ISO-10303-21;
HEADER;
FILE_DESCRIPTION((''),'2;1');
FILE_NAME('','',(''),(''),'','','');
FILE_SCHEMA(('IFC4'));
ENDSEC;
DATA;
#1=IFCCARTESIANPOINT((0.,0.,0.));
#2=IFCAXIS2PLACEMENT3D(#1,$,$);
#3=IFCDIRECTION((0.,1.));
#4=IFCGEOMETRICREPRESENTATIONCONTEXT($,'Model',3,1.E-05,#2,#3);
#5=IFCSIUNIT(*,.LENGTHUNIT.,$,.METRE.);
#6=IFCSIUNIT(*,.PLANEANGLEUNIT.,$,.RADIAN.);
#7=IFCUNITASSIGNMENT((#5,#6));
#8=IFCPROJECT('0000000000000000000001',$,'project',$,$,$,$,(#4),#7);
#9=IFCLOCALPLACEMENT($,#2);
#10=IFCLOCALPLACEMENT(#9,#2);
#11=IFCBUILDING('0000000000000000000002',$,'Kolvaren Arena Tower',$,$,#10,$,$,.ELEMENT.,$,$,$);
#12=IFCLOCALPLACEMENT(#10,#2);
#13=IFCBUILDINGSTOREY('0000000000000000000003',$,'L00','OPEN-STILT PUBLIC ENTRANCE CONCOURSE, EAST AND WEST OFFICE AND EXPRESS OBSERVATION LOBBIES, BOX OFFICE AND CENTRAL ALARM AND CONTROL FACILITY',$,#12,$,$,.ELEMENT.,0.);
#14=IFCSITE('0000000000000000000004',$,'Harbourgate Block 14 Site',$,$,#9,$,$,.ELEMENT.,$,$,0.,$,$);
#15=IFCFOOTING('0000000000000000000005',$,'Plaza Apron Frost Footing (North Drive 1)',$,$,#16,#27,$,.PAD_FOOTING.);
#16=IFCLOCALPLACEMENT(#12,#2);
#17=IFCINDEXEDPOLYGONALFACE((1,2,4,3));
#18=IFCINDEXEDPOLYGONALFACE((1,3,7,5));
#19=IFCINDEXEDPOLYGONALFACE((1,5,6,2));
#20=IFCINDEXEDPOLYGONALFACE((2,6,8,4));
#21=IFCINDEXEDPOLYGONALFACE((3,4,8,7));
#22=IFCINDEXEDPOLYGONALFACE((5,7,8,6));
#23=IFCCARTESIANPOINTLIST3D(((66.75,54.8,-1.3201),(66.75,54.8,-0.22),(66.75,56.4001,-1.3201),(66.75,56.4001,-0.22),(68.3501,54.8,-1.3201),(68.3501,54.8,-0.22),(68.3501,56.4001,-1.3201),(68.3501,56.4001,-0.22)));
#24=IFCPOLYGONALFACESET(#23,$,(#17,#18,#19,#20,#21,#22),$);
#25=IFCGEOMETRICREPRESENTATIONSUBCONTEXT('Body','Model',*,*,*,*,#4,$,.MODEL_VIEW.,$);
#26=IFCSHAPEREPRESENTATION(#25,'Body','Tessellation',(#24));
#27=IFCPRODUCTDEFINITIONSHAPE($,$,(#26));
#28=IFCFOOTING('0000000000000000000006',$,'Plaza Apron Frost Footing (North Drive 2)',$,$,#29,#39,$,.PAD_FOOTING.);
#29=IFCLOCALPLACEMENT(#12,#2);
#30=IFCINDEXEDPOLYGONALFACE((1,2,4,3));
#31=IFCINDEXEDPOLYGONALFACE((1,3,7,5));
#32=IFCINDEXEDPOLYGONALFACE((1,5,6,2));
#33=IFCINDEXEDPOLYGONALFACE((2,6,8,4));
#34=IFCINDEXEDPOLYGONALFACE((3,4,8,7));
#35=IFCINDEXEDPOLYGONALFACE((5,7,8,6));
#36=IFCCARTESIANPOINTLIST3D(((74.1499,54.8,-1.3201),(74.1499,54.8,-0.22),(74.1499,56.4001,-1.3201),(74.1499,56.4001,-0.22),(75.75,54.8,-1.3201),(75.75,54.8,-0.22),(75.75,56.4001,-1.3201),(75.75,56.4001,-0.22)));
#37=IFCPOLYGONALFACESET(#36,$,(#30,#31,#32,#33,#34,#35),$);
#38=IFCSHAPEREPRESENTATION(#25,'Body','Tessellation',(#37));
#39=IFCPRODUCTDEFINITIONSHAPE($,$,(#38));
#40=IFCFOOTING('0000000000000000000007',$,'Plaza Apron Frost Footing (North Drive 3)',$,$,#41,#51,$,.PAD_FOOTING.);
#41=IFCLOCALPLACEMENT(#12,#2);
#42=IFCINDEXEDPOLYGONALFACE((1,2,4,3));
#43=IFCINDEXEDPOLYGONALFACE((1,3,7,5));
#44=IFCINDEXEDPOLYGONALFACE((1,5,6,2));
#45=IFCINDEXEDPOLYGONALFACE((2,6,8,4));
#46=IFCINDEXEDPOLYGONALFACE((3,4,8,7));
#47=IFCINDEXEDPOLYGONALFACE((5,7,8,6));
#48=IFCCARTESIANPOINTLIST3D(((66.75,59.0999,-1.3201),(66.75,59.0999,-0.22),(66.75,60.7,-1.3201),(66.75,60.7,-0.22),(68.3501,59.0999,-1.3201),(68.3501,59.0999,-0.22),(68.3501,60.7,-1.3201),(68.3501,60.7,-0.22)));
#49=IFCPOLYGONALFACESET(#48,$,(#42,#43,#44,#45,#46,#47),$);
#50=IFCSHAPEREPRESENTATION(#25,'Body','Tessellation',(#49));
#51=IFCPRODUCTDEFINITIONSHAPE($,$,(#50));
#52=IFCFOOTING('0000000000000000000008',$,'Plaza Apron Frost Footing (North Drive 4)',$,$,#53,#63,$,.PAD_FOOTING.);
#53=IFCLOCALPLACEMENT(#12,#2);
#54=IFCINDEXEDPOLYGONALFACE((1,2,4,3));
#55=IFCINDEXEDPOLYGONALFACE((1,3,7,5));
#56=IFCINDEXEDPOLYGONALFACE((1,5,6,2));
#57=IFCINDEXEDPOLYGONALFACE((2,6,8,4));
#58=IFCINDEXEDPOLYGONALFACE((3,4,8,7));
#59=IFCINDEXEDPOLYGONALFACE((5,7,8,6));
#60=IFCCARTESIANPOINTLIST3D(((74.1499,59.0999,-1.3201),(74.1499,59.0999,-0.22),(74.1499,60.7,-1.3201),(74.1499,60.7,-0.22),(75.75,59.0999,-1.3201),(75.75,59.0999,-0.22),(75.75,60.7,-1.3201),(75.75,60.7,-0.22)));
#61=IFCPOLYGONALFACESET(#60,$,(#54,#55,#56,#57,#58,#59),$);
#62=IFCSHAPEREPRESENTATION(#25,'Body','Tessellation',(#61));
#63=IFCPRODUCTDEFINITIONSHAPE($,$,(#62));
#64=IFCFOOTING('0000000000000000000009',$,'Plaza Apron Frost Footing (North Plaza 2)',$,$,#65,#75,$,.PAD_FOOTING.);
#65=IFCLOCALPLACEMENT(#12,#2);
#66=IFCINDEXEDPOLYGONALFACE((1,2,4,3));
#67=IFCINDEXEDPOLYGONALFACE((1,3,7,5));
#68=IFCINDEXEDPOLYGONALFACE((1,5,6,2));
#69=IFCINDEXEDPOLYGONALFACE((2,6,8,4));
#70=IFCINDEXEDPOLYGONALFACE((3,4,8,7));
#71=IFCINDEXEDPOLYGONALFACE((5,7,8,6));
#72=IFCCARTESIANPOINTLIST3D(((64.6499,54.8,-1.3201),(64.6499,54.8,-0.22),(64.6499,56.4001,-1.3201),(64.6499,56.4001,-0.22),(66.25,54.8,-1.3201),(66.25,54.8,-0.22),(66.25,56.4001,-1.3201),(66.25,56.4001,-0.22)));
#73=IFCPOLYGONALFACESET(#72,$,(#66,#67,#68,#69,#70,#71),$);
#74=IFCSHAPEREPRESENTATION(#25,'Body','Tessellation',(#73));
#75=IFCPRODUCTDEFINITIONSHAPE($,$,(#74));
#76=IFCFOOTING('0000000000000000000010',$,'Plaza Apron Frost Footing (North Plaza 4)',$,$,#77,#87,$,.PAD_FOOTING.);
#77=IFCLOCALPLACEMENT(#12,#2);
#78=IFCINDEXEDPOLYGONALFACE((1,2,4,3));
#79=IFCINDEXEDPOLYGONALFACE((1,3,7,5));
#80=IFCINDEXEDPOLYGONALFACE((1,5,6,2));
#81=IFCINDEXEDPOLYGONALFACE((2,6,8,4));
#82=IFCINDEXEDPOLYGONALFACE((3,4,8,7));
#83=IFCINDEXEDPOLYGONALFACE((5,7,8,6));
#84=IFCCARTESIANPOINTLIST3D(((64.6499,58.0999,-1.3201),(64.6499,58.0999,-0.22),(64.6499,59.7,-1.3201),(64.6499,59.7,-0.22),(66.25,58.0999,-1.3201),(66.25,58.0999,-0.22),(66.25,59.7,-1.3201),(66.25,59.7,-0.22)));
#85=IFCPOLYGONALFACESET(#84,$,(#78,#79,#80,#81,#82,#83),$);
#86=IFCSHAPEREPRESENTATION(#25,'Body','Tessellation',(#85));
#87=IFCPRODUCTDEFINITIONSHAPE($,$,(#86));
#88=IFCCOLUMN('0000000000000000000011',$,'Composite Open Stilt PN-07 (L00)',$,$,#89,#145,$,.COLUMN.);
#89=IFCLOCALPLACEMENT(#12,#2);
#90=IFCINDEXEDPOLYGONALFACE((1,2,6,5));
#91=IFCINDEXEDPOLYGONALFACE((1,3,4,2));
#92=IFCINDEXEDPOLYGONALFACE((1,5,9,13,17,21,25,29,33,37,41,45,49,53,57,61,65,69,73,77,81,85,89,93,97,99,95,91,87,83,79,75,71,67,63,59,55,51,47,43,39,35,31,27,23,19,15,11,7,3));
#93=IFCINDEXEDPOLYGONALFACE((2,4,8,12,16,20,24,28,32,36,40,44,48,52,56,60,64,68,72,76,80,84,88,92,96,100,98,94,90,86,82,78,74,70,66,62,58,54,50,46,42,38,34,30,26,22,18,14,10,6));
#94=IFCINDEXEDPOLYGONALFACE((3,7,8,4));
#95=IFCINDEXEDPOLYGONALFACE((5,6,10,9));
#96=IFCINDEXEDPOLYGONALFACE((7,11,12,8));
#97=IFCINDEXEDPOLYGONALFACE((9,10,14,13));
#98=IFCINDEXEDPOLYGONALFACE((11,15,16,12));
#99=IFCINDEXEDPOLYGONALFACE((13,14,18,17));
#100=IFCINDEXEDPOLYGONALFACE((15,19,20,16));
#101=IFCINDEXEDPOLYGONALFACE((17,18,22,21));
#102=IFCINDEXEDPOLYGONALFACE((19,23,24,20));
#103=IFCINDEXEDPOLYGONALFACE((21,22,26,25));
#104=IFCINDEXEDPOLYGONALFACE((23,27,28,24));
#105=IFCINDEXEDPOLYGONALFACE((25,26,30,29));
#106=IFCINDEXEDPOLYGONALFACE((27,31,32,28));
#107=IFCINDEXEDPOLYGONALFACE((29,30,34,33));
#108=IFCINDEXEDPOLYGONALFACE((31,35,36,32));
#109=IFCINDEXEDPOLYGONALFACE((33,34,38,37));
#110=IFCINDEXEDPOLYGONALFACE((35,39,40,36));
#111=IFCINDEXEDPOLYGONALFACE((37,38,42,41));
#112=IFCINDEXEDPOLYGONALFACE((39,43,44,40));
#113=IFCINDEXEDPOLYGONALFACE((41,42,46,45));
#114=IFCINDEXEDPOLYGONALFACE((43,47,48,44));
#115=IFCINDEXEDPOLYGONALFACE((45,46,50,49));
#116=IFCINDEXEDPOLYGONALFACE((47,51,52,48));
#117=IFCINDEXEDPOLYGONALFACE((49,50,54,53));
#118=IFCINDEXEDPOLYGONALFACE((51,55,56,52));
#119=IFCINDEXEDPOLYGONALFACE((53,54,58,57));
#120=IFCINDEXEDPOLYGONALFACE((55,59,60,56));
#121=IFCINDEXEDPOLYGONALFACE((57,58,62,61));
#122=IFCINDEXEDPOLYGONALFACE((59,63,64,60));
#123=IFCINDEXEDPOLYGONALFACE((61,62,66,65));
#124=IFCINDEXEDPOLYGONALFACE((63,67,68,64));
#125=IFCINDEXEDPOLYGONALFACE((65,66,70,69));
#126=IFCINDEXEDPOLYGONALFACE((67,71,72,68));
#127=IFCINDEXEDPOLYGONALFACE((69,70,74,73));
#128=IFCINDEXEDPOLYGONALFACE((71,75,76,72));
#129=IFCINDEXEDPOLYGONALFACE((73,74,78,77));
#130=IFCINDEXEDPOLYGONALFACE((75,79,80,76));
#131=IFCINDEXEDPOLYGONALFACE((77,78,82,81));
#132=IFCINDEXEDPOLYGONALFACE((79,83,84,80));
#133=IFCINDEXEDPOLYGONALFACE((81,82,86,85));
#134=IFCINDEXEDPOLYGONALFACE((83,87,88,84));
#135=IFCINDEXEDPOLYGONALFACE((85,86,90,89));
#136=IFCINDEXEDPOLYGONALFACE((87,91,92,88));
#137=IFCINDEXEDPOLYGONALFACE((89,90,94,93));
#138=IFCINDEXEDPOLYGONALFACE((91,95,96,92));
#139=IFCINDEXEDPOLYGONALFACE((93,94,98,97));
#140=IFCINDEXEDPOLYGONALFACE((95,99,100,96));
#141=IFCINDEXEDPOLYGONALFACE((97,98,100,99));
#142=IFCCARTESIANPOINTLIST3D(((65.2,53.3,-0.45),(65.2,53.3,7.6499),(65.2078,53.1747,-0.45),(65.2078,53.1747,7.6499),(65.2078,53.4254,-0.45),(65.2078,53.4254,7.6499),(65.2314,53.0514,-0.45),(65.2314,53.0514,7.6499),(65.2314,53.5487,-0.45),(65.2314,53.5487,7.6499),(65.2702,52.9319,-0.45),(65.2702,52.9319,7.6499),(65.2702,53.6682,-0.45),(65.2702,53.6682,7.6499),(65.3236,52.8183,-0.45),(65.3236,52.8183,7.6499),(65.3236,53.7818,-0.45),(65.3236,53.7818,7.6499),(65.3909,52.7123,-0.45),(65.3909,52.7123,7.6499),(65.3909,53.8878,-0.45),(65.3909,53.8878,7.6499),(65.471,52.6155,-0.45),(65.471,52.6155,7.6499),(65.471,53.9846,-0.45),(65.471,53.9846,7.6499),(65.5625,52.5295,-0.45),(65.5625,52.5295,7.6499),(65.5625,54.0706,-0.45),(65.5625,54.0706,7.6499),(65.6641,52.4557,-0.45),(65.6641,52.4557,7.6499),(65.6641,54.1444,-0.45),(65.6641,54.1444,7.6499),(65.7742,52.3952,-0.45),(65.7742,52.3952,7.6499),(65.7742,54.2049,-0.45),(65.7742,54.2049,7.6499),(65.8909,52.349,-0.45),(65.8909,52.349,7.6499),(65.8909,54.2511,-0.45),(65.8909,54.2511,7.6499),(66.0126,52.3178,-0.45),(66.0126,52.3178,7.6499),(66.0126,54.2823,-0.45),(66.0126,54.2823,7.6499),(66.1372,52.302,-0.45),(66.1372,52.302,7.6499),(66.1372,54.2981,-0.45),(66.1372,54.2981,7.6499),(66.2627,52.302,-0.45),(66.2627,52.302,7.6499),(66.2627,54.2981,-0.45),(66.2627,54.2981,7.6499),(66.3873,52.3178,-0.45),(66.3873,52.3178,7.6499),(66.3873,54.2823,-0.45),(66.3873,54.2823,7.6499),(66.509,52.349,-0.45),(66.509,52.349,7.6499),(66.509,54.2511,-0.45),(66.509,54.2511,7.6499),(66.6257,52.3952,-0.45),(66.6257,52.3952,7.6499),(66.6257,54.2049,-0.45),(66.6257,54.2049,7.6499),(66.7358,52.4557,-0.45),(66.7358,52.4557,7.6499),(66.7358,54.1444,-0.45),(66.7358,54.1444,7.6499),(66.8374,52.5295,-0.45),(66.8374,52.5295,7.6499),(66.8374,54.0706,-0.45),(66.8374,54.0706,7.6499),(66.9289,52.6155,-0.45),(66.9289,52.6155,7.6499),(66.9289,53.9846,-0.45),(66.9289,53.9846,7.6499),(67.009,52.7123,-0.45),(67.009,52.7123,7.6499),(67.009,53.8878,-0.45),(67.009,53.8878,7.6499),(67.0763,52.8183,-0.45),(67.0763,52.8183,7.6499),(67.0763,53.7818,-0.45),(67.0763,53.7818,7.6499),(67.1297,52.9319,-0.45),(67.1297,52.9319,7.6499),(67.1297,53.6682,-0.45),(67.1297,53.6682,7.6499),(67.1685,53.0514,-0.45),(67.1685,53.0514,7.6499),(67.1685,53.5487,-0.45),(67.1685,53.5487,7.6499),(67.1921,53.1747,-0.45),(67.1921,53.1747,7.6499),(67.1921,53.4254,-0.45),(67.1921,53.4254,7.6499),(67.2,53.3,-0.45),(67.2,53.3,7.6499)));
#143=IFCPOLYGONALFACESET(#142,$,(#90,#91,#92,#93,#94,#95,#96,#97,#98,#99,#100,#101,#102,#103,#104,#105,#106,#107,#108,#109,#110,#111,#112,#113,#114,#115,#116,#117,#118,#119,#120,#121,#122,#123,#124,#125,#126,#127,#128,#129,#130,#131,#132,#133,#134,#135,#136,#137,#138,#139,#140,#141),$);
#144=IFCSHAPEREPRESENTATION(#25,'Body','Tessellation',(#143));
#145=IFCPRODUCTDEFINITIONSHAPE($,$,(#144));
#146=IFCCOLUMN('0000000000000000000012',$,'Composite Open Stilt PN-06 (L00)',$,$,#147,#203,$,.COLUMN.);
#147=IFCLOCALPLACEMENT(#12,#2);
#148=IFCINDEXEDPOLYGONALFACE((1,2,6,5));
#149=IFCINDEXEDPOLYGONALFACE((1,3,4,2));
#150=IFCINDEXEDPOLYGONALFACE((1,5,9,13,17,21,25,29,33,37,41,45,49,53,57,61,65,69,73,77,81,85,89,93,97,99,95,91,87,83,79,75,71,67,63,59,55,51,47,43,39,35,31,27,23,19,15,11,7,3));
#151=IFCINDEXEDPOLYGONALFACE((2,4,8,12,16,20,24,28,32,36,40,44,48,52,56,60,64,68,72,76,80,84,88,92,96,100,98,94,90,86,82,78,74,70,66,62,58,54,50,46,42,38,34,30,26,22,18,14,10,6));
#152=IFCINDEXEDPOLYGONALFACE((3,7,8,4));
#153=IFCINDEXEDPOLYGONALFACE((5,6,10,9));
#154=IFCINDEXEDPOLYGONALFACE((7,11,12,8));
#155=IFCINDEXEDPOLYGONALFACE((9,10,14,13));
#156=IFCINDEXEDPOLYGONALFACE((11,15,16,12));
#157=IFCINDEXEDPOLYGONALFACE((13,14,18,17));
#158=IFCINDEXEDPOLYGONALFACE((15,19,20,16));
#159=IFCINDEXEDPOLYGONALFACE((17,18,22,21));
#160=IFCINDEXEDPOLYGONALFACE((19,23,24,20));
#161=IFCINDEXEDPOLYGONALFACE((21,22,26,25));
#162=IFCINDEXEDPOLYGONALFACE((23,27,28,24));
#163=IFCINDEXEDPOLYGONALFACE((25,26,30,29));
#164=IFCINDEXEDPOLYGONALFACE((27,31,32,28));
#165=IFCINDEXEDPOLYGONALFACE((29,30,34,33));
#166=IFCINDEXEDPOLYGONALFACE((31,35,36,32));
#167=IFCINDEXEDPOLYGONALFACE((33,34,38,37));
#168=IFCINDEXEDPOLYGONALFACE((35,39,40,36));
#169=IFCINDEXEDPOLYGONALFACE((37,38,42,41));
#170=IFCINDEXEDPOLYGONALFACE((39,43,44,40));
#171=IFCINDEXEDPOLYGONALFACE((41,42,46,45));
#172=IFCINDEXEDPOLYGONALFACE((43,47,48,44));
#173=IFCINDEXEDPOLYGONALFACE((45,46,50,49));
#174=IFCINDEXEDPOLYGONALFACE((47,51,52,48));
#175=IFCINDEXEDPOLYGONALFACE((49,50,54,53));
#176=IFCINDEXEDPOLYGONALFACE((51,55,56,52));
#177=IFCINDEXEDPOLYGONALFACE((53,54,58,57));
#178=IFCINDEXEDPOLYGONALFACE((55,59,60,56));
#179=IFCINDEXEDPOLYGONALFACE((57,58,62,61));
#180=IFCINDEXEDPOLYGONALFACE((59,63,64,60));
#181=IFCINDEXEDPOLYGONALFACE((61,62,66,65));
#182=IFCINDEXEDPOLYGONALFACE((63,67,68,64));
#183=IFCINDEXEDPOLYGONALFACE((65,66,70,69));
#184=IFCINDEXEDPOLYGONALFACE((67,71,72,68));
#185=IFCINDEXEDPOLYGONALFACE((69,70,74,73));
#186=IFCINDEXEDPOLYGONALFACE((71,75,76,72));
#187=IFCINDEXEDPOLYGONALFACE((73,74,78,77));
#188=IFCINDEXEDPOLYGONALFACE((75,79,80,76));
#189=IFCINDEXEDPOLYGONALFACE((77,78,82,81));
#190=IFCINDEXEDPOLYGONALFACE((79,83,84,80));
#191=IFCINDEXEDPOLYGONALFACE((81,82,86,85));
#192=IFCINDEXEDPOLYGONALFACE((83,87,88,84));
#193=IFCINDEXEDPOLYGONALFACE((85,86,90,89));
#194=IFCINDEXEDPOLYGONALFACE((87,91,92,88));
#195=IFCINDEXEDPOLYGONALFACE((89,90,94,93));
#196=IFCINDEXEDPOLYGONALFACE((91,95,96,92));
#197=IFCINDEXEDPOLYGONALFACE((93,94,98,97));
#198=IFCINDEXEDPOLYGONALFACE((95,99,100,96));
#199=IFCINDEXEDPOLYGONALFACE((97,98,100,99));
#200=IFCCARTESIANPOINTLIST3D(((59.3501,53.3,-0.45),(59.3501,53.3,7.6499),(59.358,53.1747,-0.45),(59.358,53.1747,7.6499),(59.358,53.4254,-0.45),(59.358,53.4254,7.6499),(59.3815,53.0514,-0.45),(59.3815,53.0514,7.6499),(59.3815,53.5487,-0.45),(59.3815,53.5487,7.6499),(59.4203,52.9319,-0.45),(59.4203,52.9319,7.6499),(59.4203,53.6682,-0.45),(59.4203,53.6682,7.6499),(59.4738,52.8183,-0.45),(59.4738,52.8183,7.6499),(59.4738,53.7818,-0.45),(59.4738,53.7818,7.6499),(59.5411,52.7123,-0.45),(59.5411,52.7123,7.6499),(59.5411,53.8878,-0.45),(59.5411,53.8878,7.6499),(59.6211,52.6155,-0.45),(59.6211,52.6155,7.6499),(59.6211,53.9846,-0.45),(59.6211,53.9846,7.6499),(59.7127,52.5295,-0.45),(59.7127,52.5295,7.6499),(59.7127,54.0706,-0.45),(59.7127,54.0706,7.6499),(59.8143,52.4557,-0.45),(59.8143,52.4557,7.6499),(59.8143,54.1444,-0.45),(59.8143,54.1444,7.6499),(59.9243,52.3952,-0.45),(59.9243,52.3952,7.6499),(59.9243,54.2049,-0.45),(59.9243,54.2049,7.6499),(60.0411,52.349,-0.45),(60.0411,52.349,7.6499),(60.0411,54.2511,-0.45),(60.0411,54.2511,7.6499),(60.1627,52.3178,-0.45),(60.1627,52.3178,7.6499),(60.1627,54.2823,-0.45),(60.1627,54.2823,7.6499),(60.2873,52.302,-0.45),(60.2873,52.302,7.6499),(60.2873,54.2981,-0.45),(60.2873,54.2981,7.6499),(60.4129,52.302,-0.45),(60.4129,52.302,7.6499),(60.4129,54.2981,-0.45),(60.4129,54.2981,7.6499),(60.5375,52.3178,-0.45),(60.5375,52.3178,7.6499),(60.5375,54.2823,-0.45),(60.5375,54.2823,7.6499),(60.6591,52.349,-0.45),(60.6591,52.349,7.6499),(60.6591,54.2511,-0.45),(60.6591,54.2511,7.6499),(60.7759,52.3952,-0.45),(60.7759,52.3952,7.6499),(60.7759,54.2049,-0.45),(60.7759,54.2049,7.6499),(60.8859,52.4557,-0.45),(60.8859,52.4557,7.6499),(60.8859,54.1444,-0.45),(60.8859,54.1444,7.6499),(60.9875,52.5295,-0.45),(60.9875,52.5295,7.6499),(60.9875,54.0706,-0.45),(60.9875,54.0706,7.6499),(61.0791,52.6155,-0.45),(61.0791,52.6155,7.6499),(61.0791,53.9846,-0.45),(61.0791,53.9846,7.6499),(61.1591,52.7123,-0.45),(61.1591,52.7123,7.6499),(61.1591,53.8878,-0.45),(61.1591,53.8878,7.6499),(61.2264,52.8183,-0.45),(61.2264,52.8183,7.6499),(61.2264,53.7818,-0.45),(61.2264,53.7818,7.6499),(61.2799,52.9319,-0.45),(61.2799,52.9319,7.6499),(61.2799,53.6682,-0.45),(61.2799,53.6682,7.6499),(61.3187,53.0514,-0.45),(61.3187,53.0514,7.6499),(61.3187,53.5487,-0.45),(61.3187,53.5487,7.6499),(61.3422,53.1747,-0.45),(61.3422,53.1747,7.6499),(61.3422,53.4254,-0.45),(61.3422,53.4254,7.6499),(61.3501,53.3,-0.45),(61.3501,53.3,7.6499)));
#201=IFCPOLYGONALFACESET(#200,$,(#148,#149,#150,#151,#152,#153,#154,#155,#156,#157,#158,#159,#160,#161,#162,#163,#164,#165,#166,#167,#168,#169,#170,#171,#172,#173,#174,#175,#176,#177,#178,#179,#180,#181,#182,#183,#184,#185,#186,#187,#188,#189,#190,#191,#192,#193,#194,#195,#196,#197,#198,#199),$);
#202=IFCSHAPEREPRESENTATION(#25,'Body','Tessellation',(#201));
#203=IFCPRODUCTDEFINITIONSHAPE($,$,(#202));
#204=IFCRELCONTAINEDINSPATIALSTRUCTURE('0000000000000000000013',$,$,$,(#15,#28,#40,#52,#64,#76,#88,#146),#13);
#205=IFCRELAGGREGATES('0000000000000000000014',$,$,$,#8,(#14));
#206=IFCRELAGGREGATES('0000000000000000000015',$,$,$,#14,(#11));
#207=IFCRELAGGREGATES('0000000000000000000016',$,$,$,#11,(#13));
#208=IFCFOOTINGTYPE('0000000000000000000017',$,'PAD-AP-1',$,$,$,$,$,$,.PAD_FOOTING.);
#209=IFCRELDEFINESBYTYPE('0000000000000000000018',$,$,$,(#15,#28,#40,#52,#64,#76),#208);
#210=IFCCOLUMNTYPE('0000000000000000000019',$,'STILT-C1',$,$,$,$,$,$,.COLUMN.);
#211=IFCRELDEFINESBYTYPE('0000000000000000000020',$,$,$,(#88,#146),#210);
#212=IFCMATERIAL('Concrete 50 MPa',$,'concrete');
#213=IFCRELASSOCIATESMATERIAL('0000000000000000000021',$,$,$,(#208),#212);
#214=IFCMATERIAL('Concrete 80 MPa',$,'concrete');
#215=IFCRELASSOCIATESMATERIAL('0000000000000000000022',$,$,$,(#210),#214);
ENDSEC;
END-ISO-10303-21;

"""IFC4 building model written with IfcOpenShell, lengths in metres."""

from ifc_helpers import new_model, si_unit, direction, frame, origin, origin_2d, place, context, subcontext, project, spatial, rectangle, circle, extrude, material, material_profile, profile_set, type_object, element, save


model = new_model("IFC4")

# Units and contexts
model_context = context("Model", 3, precision=1e-05, world=origin(), true_north=direction((0.0, 1.0)))
body_context = subcontext(model_context, "Body", "Model", "MODEL_VIEW")
ifc_project = project(units=[si_unit("LENGTHUNIT", "METRE"), si_unit("PLANEANGLEUNIT", "RADIAN")], contexts=[model_context])

# Site, building, storey
site_placement = place(None, origin())
site = spatial("IfcSite", under=ifc_project, at=site_placement, Name="Harbourgate Block 14 Site", CompositionType="ELEMENT", RefElevation=0.0)
building_placement = place(site_placement, origin())
building = spatial("IfcBuilding", under=site, at=building_placement, Name="Kolvaren Arena Tower", CompositionType="ELEMENT")
storey_placement = place(building_placement, origin())
storey = spatial("IfcBuildingStorey", under=building, at=storey_placement, Name="L00", Description="OPEN-STILT PUBLIC ENTRANCE CONCOURSE, EAST AND WEST OFFICE AND EXPRESS OBSERVATION LOBBIES, BOX OFFICE AND CENTRAL ALARM AND CONTROL FACILITY", CompositionType="ELEMENT", Elevation=0.0)

# Footings
ifc_material_1 = material(Name="Concrete 50 MPa", Category="concrete")
footing_type = type_object("IfcFootingType", Name="PAD-AP-1", PredefinedType="PAD_FOOTING", material=ifc_material_1)
for number, where, z_axis, x_axis, name in (
    (1, (67.55, 55.6001, -1.3201), (0.0, 0.0, 1.0), (1.0, 0.0, 0.0), "Plaza Apron Frost Footing (North Drive 1)"),
    (2, (74.95, 55.6001, -1.3201), (0.0, 0.0, 1.0), (1.0, 0.0, 0.0), "Plaza Apron Frost Footing (North Drive 2)"),
    (3, (67.55, 59.8999, -1.3201), (0.0, 0.0, 1.0), (1.0, 0.0, 0.0), "Plaza Apron Frost Footing (North Drive 3)"),
    (4, (74.95, 59.8999, -1.3201), (0.0, 0.0, 1.0), (1.0, 0.0, 0.0), "Plaza Apron Frost Footing (North Drive 4)"),
    (5, (65.45, 55.6001, -1.3201), (0.0, 0.0, 1.0), (1.0, 0.0, 0.0), "Plaza Apron Frost Footing (North Plaza 2)"),
    (6, (65.45, 58.8999, -1.3201), (0.0, 0.0, 1.0), (1.0, 0.0, 0.0), "Plaza Apron Frost Footing (North Plaza 4)"),
):
    element("IfcFooting", number, at=place(storey_placement, frame(where, z_axis=z_axis, x_axis=x_axis)), inside=storey, type_object=footing_type, Name=name, PredefinedType="PAD_FOOTING", context=body_context, shape_type="SweptSolid", body=[
        extrude(rectangle(XDim=1.6001, YDim=1.6001, at=origin_2d()), origin(), (0.0, 0.0, 1.0), 1.1001),
    ])

# Columns
ifc_material_2 = material(Name="Concrete 80 MPa", Category="concrete")
ifc_material_profile_1 = material_profile(ifc_material_2, circle(Radius=1.0, at=origin_2d()), Name="RC-CIRC-2000")
ifc_profile_set_1 = profile_set([ifc_material_profile_1], Name="Concrete 80 MPa")
column_type = type_object("IfcColumnType", Name="STILT-C1", PredefinedType="COLUMN", material=ifc_profile_set_1)
for number, where, z_axis, x_axis, name in (
    (7, (66.2, 53.3, -0.45), (0.0, 0.0, 1.0), (1.0, 0.0, 0.0), "Composite Open Stilt PN-07 (L00)"),
    (8, (60.3501, 53.3, -0.45), (0.0, 0.0, 1.0), (1.0, 0.0, 0.0), "Composite Open Stilt PN-06 (L00)"),
):
    element("IfcColumn", number, at=place(storey_placement, frame(where, z_axis=z_axis, x_axis=x_axis)), inside=storey, type_object=column_type, Name=name, PredefinedType="COLUMN", context=body_context, shape_type="SweptSolid", body=[
        extrude(circle(Radius=1.0, at=origin_2d()), origin(), (0.0, 0.0, 1.0), 8.0999),
    ])

save(model, "model.ifc")
